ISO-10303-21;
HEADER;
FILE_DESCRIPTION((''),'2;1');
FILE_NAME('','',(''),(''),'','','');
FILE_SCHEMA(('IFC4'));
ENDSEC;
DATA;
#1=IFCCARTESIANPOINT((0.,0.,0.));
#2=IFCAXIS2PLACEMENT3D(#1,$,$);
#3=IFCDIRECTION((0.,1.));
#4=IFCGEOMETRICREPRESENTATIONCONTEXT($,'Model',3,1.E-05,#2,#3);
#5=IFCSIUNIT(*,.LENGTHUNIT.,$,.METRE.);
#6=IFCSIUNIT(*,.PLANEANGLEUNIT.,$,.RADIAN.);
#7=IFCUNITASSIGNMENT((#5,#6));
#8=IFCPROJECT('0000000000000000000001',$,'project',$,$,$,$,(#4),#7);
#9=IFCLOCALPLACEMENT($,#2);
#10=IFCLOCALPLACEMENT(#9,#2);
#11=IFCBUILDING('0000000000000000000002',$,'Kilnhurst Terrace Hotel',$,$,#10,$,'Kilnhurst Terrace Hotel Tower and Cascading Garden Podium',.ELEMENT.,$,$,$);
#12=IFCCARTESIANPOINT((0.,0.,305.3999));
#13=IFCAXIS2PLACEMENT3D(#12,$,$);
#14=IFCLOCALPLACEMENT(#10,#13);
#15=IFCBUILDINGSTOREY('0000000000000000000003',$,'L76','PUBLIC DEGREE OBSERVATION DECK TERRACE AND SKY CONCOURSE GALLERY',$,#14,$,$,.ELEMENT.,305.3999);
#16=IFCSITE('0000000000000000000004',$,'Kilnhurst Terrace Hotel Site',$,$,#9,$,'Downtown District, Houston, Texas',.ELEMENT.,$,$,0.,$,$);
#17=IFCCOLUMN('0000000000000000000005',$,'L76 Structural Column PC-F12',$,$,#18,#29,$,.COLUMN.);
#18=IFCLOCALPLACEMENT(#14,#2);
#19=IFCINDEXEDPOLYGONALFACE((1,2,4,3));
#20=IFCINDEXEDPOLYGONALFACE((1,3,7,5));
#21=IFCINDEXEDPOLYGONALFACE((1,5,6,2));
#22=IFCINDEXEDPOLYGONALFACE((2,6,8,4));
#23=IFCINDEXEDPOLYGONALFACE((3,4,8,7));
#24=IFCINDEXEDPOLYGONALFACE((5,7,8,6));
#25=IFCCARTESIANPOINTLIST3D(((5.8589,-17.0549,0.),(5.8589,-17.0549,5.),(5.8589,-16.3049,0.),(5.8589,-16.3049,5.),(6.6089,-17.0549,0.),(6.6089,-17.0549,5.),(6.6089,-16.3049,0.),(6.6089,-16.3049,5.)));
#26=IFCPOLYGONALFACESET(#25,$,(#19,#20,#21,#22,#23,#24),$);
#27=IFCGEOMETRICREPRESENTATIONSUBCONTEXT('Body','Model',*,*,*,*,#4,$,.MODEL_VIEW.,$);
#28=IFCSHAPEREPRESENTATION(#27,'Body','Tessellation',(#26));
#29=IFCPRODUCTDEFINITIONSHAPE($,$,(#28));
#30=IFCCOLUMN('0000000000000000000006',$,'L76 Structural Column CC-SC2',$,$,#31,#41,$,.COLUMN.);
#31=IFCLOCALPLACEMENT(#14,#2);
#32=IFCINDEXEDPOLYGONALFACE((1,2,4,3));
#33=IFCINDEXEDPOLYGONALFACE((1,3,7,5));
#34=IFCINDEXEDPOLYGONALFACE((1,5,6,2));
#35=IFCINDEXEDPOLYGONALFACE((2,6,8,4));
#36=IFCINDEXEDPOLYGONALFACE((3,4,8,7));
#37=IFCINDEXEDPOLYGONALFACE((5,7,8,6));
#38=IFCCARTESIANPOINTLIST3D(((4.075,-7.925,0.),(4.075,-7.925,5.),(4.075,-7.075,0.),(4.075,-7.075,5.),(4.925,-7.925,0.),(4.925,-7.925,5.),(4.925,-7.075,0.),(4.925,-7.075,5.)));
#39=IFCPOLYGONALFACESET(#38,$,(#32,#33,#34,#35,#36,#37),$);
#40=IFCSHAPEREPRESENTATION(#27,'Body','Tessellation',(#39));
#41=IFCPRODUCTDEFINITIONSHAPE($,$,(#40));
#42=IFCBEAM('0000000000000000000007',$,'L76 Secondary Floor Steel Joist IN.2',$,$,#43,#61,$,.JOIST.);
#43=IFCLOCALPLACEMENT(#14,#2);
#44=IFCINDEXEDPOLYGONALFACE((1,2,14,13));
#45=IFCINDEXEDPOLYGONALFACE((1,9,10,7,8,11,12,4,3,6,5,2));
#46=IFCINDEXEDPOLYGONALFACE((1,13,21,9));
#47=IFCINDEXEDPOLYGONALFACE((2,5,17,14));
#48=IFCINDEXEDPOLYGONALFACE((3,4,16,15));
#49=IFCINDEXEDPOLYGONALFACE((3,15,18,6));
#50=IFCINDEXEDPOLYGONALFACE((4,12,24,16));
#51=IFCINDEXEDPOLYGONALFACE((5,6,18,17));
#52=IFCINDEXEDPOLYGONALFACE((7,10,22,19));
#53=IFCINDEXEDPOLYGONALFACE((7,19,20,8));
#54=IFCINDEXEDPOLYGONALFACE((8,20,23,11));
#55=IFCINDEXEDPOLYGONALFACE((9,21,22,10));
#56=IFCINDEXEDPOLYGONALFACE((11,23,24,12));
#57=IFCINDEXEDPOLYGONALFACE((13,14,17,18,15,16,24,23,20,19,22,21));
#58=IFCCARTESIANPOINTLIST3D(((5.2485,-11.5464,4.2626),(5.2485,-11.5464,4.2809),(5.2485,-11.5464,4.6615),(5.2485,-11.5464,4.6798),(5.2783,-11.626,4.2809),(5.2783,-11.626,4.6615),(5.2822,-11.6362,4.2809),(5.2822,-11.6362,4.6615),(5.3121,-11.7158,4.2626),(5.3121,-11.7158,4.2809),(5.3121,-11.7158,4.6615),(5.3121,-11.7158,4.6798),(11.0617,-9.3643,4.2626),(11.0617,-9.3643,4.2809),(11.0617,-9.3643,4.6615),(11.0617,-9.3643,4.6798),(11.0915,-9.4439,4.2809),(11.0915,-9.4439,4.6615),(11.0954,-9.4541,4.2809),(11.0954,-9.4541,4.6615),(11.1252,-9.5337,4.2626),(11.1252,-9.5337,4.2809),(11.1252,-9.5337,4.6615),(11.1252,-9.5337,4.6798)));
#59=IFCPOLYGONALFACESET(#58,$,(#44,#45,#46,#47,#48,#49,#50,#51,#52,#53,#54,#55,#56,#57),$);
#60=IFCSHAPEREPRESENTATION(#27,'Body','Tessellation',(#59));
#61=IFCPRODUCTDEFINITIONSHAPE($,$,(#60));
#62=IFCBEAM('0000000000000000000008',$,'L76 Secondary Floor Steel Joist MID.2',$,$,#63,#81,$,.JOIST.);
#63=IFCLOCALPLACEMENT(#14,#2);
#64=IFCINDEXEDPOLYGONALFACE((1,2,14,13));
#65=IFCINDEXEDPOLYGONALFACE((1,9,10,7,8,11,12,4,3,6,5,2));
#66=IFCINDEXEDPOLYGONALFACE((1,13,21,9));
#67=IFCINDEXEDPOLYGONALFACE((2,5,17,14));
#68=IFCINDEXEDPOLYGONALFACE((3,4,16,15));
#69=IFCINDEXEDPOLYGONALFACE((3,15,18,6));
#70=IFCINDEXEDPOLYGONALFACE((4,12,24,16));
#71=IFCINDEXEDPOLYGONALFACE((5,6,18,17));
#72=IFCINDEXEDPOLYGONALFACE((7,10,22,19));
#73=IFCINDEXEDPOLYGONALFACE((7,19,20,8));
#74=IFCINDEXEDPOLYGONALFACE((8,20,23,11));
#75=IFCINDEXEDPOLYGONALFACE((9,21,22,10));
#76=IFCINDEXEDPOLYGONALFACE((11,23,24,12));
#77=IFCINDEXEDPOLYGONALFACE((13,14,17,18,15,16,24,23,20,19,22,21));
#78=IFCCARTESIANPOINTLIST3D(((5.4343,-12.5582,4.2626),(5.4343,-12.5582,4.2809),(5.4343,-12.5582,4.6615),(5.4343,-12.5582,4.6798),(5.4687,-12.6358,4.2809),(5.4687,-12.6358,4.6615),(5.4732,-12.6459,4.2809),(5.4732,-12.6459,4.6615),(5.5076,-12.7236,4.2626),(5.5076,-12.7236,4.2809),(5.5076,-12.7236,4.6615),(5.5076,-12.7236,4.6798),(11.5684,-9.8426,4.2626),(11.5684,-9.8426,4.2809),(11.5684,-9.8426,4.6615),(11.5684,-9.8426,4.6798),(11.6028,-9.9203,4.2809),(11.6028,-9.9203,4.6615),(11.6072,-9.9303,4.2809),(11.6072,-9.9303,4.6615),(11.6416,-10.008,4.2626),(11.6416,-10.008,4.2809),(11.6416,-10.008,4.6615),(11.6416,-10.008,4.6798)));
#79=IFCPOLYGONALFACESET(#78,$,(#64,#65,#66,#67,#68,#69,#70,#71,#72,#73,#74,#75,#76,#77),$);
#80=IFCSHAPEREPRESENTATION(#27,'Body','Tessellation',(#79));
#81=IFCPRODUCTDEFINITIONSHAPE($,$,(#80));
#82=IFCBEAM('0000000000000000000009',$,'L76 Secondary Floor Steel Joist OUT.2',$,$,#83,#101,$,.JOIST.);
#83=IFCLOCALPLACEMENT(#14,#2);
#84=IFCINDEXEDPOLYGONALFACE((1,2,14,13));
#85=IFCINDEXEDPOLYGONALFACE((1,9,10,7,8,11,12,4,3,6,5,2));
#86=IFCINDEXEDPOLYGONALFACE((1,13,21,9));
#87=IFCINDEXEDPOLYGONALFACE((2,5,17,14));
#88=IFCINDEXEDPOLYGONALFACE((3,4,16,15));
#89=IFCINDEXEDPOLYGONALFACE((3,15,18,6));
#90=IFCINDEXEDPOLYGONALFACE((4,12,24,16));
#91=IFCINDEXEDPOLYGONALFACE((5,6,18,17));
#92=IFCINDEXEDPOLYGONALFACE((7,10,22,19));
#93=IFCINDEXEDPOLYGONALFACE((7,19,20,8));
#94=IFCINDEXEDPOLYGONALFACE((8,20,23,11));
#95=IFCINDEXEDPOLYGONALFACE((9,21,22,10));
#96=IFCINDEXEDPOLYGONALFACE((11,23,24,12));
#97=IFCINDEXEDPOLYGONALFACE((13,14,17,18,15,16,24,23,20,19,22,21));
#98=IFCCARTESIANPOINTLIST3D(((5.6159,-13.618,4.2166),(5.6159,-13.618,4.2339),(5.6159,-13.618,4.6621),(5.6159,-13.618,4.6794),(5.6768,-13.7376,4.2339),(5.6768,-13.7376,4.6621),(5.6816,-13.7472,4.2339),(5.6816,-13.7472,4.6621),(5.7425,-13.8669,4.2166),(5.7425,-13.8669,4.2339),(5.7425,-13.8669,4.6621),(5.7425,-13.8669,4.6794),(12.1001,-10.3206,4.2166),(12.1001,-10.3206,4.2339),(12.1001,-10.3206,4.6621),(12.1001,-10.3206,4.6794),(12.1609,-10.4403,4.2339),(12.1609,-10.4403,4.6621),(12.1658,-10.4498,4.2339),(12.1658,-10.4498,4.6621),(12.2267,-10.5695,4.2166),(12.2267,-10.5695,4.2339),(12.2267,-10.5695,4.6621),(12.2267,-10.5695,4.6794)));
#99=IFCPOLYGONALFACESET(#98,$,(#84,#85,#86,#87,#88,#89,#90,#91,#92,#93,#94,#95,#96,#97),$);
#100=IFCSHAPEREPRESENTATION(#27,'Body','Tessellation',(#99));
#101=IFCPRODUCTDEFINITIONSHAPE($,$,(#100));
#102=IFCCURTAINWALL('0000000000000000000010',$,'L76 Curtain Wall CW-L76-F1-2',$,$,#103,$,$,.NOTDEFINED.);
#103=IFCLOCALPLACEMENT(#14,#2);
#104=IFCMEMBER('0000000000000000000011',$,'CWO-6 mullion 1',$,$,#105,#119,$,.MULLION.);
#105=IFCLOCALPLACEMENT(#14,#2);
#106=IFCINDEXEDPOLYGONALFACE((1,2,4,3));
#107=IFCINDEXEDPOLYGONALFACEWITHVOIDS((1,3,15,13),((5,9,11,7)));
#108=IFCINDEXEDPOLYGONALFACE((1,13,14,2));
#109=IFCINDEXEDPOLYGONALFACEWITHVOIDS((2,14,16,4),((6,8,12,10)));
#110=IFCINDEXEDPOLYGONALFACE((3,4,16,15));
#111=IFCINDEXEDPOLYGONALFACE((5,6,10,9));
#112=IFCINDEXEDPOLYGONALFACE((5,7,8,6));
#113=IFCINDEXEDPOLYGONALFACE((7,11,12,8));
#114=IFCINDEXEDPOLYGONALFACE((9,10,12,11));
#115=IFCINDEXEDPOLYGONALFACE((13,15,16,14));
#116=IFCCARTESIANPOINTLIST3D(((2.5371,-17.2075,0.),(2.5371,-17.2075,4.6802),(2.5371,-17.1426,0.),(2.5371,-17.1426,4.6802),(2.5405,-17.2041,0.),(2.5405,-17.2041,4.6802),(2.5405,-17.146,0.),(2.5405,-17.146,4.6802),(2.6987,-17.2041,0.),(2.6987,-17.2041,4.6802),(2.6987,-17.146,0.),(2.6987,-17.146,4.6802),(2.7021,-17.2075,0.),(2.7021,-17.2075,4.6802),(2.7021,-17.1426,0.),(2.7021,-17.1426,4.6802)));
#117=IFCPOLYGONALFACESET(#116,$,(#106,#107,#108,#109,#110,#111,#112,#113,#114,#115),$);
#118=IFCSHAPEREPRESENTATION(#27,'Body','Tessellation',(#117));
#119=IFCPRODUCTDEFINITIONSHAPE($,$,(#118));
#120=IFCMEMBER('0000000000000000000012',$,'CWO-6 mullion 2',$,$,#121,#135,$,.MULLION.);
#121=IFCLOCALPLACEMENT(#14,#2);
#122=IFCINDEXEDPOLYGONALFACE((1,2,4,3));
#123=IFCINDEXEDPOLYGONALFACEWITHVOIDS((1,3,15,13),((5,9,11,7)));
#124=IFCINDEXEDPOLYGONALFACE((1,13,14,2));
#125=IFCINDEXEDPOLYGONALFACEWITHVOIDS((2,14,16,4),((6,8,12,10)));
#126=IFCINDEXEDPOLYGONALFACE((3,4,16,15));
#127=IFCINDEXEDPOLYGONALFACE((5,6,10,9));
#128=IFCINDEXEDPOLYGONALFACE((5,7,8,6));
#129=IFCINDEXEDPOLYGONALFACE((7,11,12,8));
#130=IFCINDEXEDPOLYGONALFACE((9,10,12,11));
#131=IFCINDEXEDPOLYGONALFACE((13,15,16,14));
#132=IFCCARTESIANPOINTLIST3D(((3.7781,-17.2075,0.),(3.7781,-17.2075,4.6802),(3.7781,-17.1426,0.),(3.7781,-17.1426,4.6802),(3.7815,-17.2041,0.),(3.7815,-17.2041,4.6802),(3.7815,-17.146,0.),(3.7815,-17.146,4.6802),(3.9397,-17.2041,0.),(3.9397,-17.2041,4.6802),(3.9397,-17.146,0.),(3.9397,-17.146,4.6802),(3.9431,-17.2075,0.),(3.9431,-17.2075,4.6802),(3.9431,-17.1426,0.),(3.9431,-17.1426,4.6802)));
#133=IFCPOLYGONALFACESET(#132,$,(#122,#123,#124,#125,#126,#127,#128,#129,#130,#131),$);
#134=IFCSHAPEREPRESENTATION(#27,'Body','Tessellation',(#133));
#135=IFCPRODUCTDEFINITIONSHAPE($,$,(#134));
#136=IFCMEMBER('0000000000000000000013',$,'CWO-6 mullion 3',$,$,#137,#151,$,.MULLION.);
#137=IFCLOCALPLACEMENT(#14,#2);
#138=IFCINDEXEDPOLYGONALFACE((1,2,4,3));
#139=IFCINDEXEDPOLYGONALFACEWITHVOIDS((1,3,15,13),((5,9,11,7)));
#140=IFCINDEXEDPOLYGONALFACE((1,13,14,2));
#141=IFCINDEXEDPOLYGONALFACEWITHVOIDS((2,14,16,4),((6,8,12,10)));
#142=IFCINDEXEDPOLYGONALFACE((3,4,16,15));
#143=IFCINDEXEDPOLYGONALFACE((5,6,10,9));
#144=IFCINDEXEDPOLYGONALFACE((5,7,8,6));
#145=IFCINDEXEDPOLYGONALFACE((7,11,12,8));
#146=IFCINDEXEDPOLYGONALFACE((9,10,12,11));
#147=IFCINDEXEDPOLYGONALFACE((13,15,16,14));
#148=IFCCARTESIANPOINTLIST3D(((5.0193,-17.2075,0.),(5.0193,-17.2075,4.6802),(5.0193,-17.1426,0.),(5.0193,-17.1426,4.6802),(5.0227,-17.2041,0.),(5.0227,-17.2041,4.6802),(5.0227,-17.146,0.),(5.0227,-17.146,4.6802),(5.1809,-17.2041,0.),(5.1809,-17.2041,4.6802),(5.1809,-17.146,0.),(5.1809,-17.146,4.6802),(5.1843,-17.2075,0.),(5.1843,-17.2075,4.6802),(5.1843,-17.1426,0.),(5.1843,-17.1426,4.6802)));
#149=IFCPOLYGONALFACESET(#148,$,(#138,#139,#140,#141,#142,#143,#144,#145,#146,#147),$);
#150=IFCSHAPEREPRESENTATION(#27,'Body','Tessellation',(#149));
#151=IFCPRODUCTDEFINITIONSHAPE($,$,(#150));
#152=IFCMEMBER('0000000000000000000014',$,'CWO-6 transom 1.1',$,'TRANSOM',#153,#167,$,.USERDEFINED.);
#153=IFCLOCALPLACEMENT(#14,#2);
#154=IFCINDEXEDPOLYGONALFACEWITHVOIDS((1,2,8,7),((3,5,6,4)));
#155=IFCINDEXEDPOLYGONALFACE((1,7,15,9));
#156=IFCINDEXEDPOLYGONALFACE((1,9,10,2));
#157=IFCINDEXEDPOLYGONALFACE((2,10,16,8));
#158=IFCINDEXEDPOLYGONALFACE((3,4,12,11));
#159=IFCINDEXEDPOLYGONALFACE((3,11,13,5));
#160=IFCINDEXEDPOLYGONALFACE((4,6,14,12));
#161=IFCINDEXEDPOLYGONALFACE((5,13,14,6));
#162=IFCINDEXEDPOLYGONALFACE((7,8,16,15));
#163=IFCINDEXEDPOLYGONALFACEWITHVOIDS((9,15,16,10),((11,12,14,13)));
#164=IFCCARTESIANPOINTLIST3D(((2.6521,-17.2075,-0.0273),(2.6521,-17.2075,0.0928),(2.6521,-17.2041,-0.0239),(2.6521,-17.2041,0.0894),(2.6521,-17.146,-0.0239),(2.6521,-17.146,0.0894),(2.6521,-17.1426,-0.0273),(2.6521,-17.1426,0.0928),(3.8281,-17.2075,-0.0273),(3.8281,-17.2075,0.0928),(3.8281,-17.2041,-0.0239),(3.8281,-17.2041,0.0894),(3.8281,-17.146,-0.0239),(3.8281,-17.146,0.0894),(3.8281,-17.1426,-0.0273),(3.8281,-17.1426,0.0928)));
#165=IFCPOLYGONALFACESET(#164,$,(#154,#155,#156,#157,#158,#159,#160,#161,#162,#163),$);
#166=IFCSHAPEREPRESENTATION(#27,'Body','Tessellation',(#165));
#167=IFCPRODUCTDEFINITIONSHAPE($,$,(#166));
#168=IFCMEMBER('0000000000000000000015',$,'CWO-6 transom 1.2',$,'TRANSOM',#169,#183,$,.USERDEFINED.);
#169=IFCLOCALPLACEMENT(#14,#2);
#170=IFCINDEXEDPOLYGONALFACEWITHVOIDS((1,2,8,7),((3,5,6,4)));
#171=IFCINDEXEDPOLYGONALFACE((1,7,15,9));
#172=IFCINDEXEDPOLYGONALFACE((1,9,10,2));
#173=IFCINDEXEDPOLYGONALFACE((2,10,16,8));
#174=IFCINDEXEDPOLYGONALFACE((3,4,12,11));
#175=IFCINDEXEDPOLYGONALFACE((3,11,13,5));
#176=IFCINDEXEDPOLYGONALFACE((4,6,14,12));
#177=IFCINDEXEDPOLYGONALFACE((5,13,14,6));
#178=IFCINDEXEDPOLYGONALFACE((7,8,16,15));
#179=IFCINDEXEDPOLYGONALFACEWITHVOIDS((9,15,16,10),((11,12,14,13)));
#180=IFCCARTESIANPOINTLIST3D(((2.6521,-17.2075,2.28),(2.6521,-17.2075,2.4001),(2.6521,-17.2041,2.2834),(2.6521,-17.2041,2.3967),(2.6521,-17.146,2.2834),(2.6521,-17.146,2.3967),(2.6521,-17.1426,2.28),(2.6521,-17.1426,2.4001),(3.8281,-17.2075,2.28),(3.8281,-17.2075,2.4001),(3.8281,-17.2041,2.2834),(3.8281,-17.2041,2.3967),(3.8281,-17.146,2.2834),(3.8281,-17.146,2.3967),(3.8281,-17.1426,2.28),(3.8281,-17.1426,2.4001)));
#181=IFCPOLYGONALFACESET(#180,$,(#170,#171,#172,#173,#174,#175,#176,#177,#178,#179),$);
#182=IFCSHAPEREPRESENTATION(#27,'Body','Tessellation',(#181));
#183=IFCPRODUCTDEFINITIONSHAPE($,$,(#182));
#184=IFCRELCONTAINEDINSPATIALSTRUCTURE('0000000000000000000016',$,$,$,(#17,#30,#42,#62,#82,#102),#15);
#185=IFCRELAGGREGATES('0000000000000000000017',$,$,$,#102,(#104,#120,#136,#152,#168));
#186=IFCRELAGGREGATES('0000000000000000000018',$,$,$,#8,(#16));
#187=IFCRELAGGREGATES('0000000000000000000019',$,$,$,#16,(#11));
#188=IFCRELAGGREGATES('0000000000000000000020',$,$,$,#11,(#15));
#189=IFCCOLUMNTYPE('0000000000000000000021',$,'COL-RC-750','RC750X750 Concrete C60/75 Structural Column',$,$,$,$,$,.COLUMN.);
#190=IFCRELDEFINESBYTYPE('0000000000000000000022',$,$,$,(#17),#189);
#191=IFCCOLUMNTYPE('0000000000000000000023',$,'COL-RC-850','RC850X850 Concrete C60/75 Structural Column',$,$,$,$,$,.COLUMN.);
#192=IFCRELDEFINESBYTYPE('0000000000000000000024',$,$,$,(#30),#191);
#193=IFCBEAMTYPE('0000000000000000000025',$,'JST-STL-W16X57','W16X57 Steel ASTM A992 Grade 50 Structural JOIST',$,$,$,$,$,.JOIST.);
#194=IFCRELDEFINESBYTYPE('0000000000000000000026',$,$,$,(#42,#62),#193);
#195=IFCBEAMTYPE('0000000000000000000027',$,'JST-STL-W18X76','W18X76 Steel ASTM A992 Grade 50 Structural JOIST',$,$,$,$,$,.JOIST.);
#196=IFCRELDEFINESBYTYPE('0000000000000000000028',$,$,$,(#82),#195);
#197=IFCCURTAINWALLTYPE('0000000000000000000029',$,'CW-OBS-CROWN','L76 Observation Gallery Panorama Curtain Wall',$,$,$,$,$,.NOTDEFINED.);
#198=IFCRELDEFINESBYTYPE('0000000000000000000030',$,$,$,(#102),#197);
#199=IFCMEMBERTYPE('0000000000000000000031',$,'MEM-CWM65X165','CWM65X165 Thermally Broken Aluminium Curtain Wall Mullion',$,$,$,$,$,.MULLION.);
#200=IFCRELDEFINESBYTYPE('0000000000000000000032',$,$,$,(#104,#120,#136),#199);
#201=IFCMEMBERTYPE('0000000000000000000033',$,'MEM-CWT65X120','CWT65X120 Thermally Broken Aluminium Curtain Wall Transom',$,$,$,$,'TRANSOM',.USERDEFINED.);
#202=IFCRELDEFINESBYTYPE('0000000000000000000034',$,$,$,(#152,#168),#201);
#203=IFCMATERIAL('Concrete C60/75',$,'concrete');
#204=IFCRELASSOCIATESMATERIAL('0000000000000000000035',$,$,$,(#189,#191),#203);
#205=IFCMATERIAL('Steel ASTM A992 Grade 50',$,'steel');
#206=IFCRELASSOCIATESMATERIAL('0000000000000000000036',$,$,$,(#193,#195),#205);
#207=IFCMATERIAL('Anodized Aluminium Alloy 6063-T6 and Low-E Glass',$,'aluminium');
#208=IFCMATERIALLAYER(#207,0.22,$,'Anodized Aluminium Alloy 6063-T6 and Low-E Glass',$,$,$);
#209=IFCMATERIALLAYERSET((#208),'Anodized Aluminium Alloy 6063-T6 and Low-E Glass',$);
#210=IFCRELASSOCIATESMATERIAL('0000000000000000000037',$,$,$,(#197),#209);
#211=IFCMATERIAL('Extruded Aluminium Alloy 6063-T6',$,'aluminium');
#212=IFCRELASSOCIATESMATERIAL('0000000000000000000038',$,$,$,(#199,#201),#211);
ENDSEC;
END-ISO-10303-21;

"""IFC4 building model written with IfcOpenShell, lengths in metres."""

from ifc_helpers import new_model, si_unit, direction, frame, origin, origin_2d, place, context, subcontext, project, spatial, rectangle, hollow_rectangle, i_section, extrude, material, layer, layer_set, material_profile, profile_set, type_object, element, aggregate, save


model = new_model("IFC4")

# Units and contexts
model_context = context("Model", 3, precision=1e-05, world=origin(), true_north=direction((0.0, 1.0)))
body_context = subcontext(model_context, "Body", "Model", "MODEL_VIEW")
ifc_project = project(units=[si_unit("LENGTHUNIT", "METRE"), si_unit("PLANEANGLEUNIT", "RADIAN")], contexts=[model_context])

# Site, building, storey
site_placement = place(None, origin())
site = spatial("IfcSite", under=ifc_project, at=site_placement, Name="Kilnhurst Terrace Hotel Site", LongName="Downtown District, Houston, Texas", CompositionType="ELEMENT", RefElevation=0.0)
building_placement = place(site_placement, origin())
building = spatial("IfcBuilding", under=site, at=building_placement, Name="Kilnhurst Terrace Hotel", LongName="Kilnhurst Terrace Hotel Tower and Cascading Garden Podium", CompositionType="ELEMENT")
storey_placement = place(building_placement, frame((0.0, 0.0, 305.3999)))
storey = spatial("IfcBuildingStorey", under=building, at=storey_placement, Name="L76", Description="PUBLIC DEGREE OBSERVATION DECK TERRACE AND SKY CONCOURSE GALLERY", CompositionType="ELEMENT", Elevation=305.3999)

# Columns
ifc_material_1 = material(Name="Concrete C60/75", Category="concrete")
ifc_material_profile_1 = material_profile(ifc_material_1, rectangle(XDim=0.75, YDim=0.75, at=origin_2d()), Name="RC750X750")
ifc_profile_set_1 = profile_set([ifc_material_profile_1], Name="Concrete C60/75")
column_type_1 = type_object("IfcColumnType", Name="COL-RC-750", Description="RC750X750 Concrete C60/75 Structural Column", PredefinedType="COLUMN", material=ifc_profile_set_1)
column_1_placement = place(storey_placement, frame((6.2339, -16.6799, 0.0), z_axis=(0.0, 0.0, 1.0), x_axis=(1.0, 0.0, 0.0)))
element("IfcColumn", 1, at=column_1_placement, inside=storey, type_object=column_type_1, Name="L76 Structural Column PC-F12", PredefinedType="COLUMN", context=body_context, shape_type="SweptSolid", body=[
    extrude(rectangle(XDim=0.75, YDim=0.75, at=origin_2d()), origin(), (0.0, 0.0, 1.0), 5.0),
])
ifc_material_profile_2 = material_profile(ifc_material_1, rectangle(XDim=0.8501, YDim=0.8501, at=origin_2d()), Name="RC850X850")
ifc_profile_set_2 = profile_set([ifc_material_profile_2], Name="Concrete C60/75")
column_type_2 = type_object("IfcColumnType", Name="COL-RC-850", Description="RC850X850 Concrete C60/75 Structural Column", PredefinedType="COLUMN", material=ifc_profile_set_2)
column_2_placement = place(storey_placement, frame((4.5, -7.5, 0.0), z_axis=(0.0, 0.0, 1.0), x_axis=(1.0, 0.0, 0.0)))
element("IfcColumn", 2, at=column_2_placement, inside=storey, type_object=column_type_2, Name="L76 Structural Column CC-SC2", PredefinedType="COLUMN", context=body_context, shape_type="SweptSolid", body=[
    extrude(rectangle(XDim=0.8501, YDim=0.8501, at=origin_2d()), origin(), (0.0, 0.0, 1.0), 5.0),
])

# Beams
ifc_material_2 = material(Name="Steel ASTM A992 Grade 50", Category="steel")
ifc_material_profile_3 = material_profile(ifc_material_2, i_section(OverallWidth=0.1809, OverallDepth=0.4172, WebThickness=0.011, FlangeThickness=0.0183, at=origin_2d()), Name="W16X57")
ifc_profile_set_3 = profile_set([ifc_material_profile_3], Name="Steel ASTM A992 Grade 50")
beam_type_1 = type_object("IfcBeamType", Name="JST-STL-W16X57", Description="W16X57 Steel ASTM A992 Grade 50 Structural JOIST", PredefinedType="JOIST", material=ifc_profile_set_3)
beam_1_placement = place(storey_placement, frame((5.2803, -11.6311, 4.4712), z_axis=(0.936214, 0.351429, 0.0), x_axis=(-0.351429, 0.936214, 0.0)))
element("IfcBeam", 3, at=beam_1_placement, inside=storey, type_object=beam_type_1, Name="L76 Secondary Floor Steel Joist IN.2", PredefinedType="JOIST", context=body_context, shape_type="SweptSolid", body=[
    extrude(i_section(OverallWidth=0.1809, OverallDepth=0.4172, WebThickness=0.011, FlangeThickness=0.0183, at=origin_2d()), origin(), (0.0, 0.0, 1.0), 6.2092),
])
beam_2_placement = place(storey_placement, frame((5.4709, -12.6409, 4.4712), z_axis=(0.9144, 0.404811, 0.0), x_axis=(-0.404811, 0.9144, 0.0)))
element("IfcBeam", 4, at=beam_2_placement, inside=storey, type_object=beam_type_1, Name="L76 Secondary Floor Steel Joist MID.2", PredefinedType="JOIST", context=body_context, shape_type="SweptSolid", body=[
    extrude(i_section(OverallWidth=0.1809, OverallDepth=0.4172, WebThickness=0.011, FlangeThickness=0.0183, at=origin_2d()), origin(), (0.0, 0.0, 1.0), 6.7083),
])
ifc_material_profile_4 = material_profile(ifc_material_2, i_section(OverallWidth=0.2793, OverallDepth=0.4629, WebThickness=0.0107, FlangeThickness=0.0173, at=origin_2d()), Name="W18X76")
ifc_profile_set_4 = profile_set([ifc_material_profile_4], Name="Steel ASTM A992 Grade 50")
beam_type_2 = type_object("IfcBeamType", Name="JST-STL-W18X76", Description="W18X76 Steel ASTM A992 Grade 50 Structural JOIST", PredefinedType="JOIST", material=ifc_profile_set_4)
beam_3_placement = place(storey_placement, frame((5.6792, -13.7424, 4.448), z_axis=(0.891366, 0.453285, 0.0), x_axis=(-0.453285, 0.891366, 0.0)))
element("IfcBeam", 5, at=beam_3_placement, inside=storey, type_object=beam_type_2, Name="L76 Secondary Floor Steel Joist OUT.2", PredefinedType="JOIST", context=body_context, shape_type="SweptSolid", body=[
    extrude(i_section(OverallWidth=0.2793, OverallDepth=0.4629, WebThickness=0.0107, FlangeThickness=0.0173, at=origin_2d()), origin(), (0.0, 0.0, 1.0), 7.2744),
])

# Curtain wall, members
ifc_material_3 = material(Name="Anodized Aluminium Alloy 6063-T6 and Low-E Glass", Category="aluminium")
ifc_layer_1 = layer(ifc_material_3, 0.22, Name="Anodized Aluminium Alloy 6063-T6 and Low-E Glass")
ifc_layer_set_1 = layer_set([ifc_layer_1], Name="Anodized Aluminium Alloy 6063-T6 and Low-E Glass")
curtain_wall_type = type_object("IfcCurtainWallType", Name="CW-OBS-CROWN", Description="L76 Observation Gallery Panorama Curtain Wall", PredefinedType="NOTDEFINED", material=ifc_layer_set_1)
curtain_wall_placement = place(storey_placement, origin())
curtain_wall = element("IfcCurtainWall", 6, at=curtain_wall_placement, inside=storey, type_object=curtain_wall_type, Name="L76 Curtain Wall CW-L76-F1-2", PredefinedType="NOTDEFINED")
ifc_material_4 = material(Name="Extruded Aluminium Alloy 6063-T6", Category="aluminium")
ifc_material_profile_5 = material_profile(ifc_material_4, hollow_rectangle(XDim=0.0649, YDim=0.165, WallThickness=0.0034, at=origin_2d()), Name="CWM65X165")
ifc_profile_set_5 = profile_set([ifc_material_profile_5], Name="Extruded Aluminium Alloy 6063-T6")
member_type_1 = type_object("IfcMemberType", Name="MEM-CWM65X165", Description="CWM65X165 Thermally Broken Aluminium Curtain Wall Mullion", PredefinedType="MULLION", material=ifc_profile_set_5)
member_1_placement = place(storey_placement, frame((2.6196, -17.175, 0.0), z_axis=(0.0, 0.0, 1.0), x_axis=(0.0, 1.0, 0.0)))
member_1 = element("IfcMember", 7, at=member_1_placement, type_object=member_type_1, Name="CWO-6 mullion 1", PredefinedType="MULLION", context=body_context, shape_type="SweptSolid", body=[
    extrude(hollow_rectangle(XDim=0.0649, YDim=0.165, WallThickness=0.0034, at=origin_2d()), origin(), (0.0, 0.0, 1.0), 4.6802),
])
member_2_placement = place(storey_placement, frame((3.8606, -17.175, 0.0), z_axis=(0.0, 0.0, 1.0), x_axis=(0.0, 1.0, 0.0)))
member_2 = element("IfcMember", 8, at=member_2_placement, type_object=member_type_1, Name="CWO-6 mullion 2", PredefinedType="MULLION", context=body_context, shape_type="SweptSolid", body=[
    extrude(hollow_rectangle(XDim=0.0649, YDim=0.165, WallThickness=0.0034, at=origin_2d()), origin(), (0.0, 0.0, 1.0), 4.6802),
])
member_3_placement = place(storey_placement, frame((5.1018, -17.175, 0.0), z_axis=(0.0, 0.0, 1.0), x_axis=(0.0, 1.0, 0.0)))
member_3 = element("IfcMember", 9, at=member_3_placement, type_object=member_type_1, Name="CWO-6 mullion 3", PredefinedType="MULLION", context=body_context, shape_type="SweptSolid", body=[
    extrude(hollow_rectangle(XDim=0.0649, YDim=0.165, WallThickness=0.0034, at=origin_2d()), origin(), (0.0, 0.0, 1.0), 4.6802),
])
ifc_material_profile_6 = material_profile(ifc_material_4, hollow_rectangle(XDim=0.0649, YDim=0.1201, WallThickness=0.0034, at=origin_2d()), Name="CWT65X120")
ifc_profile_set_6 = profile_set([ifc_material_profile_6], Name="Extruded Aluminium Alloy 6063-T6")
member_type_2 = type_object("IfcMemberType", Name="MEM-CWT65X120", Description="CWT65X120 Thermally Broken Aluminium Curtain Wall Transom", ElementType="TRANSOM", PredefinedType="USERDEFINED", material=ifc_profile_set_6)
member_4_placement = place(storey_placement, frame((2.6521, -17.175, 0.0327), z_axis=(1.0, 0.0, 0.0), x_axis=(0.0, 1.0, 0.0)))
member_4 = element("IfcMember", 10, at=member_4_placement, type_object=member_type_2, Name="CWO-6 transom 1.1", ObjectType="TRANSOM", PredefinedType="USERDEFINED", context=body_context, shape_type="SweptSolid", body=[
    extrude(hollow_rectangle(XDim=0.0649, YDim=0.1201, WallThickness=0.0034, at=origin_2d()), origin(), (0.0, 0.0, 1.0), 1.176),
])
member_5_placement = place(storey_placement, frame((2.6521, -17.175, 2.3401), z_axis=(1.0, 0.0, 0.0), x_axis=(0.0, 1.0, 0.0)))
member_5 = element("IfcMember", 11, at=member_5_placement, type_object=member_type_2, Name="CWO-6 transom 1.2", ObjectType="TRANSOM", PredefinedType="USERDEFINED", context=body_context, shape_type="SweptSolid", body=[
    extrude(hollow_rectangle(XDim=0.0649, YDim=0.1201, WallThickness=0.0034, at=origin_2d()), origin(), (0.0, 0.0, 1.0), 1.176),
])

aggregate(curtain_wall, [member_1, member_2, member_3, member_4, member_5])

save(model, "model.ifc")
